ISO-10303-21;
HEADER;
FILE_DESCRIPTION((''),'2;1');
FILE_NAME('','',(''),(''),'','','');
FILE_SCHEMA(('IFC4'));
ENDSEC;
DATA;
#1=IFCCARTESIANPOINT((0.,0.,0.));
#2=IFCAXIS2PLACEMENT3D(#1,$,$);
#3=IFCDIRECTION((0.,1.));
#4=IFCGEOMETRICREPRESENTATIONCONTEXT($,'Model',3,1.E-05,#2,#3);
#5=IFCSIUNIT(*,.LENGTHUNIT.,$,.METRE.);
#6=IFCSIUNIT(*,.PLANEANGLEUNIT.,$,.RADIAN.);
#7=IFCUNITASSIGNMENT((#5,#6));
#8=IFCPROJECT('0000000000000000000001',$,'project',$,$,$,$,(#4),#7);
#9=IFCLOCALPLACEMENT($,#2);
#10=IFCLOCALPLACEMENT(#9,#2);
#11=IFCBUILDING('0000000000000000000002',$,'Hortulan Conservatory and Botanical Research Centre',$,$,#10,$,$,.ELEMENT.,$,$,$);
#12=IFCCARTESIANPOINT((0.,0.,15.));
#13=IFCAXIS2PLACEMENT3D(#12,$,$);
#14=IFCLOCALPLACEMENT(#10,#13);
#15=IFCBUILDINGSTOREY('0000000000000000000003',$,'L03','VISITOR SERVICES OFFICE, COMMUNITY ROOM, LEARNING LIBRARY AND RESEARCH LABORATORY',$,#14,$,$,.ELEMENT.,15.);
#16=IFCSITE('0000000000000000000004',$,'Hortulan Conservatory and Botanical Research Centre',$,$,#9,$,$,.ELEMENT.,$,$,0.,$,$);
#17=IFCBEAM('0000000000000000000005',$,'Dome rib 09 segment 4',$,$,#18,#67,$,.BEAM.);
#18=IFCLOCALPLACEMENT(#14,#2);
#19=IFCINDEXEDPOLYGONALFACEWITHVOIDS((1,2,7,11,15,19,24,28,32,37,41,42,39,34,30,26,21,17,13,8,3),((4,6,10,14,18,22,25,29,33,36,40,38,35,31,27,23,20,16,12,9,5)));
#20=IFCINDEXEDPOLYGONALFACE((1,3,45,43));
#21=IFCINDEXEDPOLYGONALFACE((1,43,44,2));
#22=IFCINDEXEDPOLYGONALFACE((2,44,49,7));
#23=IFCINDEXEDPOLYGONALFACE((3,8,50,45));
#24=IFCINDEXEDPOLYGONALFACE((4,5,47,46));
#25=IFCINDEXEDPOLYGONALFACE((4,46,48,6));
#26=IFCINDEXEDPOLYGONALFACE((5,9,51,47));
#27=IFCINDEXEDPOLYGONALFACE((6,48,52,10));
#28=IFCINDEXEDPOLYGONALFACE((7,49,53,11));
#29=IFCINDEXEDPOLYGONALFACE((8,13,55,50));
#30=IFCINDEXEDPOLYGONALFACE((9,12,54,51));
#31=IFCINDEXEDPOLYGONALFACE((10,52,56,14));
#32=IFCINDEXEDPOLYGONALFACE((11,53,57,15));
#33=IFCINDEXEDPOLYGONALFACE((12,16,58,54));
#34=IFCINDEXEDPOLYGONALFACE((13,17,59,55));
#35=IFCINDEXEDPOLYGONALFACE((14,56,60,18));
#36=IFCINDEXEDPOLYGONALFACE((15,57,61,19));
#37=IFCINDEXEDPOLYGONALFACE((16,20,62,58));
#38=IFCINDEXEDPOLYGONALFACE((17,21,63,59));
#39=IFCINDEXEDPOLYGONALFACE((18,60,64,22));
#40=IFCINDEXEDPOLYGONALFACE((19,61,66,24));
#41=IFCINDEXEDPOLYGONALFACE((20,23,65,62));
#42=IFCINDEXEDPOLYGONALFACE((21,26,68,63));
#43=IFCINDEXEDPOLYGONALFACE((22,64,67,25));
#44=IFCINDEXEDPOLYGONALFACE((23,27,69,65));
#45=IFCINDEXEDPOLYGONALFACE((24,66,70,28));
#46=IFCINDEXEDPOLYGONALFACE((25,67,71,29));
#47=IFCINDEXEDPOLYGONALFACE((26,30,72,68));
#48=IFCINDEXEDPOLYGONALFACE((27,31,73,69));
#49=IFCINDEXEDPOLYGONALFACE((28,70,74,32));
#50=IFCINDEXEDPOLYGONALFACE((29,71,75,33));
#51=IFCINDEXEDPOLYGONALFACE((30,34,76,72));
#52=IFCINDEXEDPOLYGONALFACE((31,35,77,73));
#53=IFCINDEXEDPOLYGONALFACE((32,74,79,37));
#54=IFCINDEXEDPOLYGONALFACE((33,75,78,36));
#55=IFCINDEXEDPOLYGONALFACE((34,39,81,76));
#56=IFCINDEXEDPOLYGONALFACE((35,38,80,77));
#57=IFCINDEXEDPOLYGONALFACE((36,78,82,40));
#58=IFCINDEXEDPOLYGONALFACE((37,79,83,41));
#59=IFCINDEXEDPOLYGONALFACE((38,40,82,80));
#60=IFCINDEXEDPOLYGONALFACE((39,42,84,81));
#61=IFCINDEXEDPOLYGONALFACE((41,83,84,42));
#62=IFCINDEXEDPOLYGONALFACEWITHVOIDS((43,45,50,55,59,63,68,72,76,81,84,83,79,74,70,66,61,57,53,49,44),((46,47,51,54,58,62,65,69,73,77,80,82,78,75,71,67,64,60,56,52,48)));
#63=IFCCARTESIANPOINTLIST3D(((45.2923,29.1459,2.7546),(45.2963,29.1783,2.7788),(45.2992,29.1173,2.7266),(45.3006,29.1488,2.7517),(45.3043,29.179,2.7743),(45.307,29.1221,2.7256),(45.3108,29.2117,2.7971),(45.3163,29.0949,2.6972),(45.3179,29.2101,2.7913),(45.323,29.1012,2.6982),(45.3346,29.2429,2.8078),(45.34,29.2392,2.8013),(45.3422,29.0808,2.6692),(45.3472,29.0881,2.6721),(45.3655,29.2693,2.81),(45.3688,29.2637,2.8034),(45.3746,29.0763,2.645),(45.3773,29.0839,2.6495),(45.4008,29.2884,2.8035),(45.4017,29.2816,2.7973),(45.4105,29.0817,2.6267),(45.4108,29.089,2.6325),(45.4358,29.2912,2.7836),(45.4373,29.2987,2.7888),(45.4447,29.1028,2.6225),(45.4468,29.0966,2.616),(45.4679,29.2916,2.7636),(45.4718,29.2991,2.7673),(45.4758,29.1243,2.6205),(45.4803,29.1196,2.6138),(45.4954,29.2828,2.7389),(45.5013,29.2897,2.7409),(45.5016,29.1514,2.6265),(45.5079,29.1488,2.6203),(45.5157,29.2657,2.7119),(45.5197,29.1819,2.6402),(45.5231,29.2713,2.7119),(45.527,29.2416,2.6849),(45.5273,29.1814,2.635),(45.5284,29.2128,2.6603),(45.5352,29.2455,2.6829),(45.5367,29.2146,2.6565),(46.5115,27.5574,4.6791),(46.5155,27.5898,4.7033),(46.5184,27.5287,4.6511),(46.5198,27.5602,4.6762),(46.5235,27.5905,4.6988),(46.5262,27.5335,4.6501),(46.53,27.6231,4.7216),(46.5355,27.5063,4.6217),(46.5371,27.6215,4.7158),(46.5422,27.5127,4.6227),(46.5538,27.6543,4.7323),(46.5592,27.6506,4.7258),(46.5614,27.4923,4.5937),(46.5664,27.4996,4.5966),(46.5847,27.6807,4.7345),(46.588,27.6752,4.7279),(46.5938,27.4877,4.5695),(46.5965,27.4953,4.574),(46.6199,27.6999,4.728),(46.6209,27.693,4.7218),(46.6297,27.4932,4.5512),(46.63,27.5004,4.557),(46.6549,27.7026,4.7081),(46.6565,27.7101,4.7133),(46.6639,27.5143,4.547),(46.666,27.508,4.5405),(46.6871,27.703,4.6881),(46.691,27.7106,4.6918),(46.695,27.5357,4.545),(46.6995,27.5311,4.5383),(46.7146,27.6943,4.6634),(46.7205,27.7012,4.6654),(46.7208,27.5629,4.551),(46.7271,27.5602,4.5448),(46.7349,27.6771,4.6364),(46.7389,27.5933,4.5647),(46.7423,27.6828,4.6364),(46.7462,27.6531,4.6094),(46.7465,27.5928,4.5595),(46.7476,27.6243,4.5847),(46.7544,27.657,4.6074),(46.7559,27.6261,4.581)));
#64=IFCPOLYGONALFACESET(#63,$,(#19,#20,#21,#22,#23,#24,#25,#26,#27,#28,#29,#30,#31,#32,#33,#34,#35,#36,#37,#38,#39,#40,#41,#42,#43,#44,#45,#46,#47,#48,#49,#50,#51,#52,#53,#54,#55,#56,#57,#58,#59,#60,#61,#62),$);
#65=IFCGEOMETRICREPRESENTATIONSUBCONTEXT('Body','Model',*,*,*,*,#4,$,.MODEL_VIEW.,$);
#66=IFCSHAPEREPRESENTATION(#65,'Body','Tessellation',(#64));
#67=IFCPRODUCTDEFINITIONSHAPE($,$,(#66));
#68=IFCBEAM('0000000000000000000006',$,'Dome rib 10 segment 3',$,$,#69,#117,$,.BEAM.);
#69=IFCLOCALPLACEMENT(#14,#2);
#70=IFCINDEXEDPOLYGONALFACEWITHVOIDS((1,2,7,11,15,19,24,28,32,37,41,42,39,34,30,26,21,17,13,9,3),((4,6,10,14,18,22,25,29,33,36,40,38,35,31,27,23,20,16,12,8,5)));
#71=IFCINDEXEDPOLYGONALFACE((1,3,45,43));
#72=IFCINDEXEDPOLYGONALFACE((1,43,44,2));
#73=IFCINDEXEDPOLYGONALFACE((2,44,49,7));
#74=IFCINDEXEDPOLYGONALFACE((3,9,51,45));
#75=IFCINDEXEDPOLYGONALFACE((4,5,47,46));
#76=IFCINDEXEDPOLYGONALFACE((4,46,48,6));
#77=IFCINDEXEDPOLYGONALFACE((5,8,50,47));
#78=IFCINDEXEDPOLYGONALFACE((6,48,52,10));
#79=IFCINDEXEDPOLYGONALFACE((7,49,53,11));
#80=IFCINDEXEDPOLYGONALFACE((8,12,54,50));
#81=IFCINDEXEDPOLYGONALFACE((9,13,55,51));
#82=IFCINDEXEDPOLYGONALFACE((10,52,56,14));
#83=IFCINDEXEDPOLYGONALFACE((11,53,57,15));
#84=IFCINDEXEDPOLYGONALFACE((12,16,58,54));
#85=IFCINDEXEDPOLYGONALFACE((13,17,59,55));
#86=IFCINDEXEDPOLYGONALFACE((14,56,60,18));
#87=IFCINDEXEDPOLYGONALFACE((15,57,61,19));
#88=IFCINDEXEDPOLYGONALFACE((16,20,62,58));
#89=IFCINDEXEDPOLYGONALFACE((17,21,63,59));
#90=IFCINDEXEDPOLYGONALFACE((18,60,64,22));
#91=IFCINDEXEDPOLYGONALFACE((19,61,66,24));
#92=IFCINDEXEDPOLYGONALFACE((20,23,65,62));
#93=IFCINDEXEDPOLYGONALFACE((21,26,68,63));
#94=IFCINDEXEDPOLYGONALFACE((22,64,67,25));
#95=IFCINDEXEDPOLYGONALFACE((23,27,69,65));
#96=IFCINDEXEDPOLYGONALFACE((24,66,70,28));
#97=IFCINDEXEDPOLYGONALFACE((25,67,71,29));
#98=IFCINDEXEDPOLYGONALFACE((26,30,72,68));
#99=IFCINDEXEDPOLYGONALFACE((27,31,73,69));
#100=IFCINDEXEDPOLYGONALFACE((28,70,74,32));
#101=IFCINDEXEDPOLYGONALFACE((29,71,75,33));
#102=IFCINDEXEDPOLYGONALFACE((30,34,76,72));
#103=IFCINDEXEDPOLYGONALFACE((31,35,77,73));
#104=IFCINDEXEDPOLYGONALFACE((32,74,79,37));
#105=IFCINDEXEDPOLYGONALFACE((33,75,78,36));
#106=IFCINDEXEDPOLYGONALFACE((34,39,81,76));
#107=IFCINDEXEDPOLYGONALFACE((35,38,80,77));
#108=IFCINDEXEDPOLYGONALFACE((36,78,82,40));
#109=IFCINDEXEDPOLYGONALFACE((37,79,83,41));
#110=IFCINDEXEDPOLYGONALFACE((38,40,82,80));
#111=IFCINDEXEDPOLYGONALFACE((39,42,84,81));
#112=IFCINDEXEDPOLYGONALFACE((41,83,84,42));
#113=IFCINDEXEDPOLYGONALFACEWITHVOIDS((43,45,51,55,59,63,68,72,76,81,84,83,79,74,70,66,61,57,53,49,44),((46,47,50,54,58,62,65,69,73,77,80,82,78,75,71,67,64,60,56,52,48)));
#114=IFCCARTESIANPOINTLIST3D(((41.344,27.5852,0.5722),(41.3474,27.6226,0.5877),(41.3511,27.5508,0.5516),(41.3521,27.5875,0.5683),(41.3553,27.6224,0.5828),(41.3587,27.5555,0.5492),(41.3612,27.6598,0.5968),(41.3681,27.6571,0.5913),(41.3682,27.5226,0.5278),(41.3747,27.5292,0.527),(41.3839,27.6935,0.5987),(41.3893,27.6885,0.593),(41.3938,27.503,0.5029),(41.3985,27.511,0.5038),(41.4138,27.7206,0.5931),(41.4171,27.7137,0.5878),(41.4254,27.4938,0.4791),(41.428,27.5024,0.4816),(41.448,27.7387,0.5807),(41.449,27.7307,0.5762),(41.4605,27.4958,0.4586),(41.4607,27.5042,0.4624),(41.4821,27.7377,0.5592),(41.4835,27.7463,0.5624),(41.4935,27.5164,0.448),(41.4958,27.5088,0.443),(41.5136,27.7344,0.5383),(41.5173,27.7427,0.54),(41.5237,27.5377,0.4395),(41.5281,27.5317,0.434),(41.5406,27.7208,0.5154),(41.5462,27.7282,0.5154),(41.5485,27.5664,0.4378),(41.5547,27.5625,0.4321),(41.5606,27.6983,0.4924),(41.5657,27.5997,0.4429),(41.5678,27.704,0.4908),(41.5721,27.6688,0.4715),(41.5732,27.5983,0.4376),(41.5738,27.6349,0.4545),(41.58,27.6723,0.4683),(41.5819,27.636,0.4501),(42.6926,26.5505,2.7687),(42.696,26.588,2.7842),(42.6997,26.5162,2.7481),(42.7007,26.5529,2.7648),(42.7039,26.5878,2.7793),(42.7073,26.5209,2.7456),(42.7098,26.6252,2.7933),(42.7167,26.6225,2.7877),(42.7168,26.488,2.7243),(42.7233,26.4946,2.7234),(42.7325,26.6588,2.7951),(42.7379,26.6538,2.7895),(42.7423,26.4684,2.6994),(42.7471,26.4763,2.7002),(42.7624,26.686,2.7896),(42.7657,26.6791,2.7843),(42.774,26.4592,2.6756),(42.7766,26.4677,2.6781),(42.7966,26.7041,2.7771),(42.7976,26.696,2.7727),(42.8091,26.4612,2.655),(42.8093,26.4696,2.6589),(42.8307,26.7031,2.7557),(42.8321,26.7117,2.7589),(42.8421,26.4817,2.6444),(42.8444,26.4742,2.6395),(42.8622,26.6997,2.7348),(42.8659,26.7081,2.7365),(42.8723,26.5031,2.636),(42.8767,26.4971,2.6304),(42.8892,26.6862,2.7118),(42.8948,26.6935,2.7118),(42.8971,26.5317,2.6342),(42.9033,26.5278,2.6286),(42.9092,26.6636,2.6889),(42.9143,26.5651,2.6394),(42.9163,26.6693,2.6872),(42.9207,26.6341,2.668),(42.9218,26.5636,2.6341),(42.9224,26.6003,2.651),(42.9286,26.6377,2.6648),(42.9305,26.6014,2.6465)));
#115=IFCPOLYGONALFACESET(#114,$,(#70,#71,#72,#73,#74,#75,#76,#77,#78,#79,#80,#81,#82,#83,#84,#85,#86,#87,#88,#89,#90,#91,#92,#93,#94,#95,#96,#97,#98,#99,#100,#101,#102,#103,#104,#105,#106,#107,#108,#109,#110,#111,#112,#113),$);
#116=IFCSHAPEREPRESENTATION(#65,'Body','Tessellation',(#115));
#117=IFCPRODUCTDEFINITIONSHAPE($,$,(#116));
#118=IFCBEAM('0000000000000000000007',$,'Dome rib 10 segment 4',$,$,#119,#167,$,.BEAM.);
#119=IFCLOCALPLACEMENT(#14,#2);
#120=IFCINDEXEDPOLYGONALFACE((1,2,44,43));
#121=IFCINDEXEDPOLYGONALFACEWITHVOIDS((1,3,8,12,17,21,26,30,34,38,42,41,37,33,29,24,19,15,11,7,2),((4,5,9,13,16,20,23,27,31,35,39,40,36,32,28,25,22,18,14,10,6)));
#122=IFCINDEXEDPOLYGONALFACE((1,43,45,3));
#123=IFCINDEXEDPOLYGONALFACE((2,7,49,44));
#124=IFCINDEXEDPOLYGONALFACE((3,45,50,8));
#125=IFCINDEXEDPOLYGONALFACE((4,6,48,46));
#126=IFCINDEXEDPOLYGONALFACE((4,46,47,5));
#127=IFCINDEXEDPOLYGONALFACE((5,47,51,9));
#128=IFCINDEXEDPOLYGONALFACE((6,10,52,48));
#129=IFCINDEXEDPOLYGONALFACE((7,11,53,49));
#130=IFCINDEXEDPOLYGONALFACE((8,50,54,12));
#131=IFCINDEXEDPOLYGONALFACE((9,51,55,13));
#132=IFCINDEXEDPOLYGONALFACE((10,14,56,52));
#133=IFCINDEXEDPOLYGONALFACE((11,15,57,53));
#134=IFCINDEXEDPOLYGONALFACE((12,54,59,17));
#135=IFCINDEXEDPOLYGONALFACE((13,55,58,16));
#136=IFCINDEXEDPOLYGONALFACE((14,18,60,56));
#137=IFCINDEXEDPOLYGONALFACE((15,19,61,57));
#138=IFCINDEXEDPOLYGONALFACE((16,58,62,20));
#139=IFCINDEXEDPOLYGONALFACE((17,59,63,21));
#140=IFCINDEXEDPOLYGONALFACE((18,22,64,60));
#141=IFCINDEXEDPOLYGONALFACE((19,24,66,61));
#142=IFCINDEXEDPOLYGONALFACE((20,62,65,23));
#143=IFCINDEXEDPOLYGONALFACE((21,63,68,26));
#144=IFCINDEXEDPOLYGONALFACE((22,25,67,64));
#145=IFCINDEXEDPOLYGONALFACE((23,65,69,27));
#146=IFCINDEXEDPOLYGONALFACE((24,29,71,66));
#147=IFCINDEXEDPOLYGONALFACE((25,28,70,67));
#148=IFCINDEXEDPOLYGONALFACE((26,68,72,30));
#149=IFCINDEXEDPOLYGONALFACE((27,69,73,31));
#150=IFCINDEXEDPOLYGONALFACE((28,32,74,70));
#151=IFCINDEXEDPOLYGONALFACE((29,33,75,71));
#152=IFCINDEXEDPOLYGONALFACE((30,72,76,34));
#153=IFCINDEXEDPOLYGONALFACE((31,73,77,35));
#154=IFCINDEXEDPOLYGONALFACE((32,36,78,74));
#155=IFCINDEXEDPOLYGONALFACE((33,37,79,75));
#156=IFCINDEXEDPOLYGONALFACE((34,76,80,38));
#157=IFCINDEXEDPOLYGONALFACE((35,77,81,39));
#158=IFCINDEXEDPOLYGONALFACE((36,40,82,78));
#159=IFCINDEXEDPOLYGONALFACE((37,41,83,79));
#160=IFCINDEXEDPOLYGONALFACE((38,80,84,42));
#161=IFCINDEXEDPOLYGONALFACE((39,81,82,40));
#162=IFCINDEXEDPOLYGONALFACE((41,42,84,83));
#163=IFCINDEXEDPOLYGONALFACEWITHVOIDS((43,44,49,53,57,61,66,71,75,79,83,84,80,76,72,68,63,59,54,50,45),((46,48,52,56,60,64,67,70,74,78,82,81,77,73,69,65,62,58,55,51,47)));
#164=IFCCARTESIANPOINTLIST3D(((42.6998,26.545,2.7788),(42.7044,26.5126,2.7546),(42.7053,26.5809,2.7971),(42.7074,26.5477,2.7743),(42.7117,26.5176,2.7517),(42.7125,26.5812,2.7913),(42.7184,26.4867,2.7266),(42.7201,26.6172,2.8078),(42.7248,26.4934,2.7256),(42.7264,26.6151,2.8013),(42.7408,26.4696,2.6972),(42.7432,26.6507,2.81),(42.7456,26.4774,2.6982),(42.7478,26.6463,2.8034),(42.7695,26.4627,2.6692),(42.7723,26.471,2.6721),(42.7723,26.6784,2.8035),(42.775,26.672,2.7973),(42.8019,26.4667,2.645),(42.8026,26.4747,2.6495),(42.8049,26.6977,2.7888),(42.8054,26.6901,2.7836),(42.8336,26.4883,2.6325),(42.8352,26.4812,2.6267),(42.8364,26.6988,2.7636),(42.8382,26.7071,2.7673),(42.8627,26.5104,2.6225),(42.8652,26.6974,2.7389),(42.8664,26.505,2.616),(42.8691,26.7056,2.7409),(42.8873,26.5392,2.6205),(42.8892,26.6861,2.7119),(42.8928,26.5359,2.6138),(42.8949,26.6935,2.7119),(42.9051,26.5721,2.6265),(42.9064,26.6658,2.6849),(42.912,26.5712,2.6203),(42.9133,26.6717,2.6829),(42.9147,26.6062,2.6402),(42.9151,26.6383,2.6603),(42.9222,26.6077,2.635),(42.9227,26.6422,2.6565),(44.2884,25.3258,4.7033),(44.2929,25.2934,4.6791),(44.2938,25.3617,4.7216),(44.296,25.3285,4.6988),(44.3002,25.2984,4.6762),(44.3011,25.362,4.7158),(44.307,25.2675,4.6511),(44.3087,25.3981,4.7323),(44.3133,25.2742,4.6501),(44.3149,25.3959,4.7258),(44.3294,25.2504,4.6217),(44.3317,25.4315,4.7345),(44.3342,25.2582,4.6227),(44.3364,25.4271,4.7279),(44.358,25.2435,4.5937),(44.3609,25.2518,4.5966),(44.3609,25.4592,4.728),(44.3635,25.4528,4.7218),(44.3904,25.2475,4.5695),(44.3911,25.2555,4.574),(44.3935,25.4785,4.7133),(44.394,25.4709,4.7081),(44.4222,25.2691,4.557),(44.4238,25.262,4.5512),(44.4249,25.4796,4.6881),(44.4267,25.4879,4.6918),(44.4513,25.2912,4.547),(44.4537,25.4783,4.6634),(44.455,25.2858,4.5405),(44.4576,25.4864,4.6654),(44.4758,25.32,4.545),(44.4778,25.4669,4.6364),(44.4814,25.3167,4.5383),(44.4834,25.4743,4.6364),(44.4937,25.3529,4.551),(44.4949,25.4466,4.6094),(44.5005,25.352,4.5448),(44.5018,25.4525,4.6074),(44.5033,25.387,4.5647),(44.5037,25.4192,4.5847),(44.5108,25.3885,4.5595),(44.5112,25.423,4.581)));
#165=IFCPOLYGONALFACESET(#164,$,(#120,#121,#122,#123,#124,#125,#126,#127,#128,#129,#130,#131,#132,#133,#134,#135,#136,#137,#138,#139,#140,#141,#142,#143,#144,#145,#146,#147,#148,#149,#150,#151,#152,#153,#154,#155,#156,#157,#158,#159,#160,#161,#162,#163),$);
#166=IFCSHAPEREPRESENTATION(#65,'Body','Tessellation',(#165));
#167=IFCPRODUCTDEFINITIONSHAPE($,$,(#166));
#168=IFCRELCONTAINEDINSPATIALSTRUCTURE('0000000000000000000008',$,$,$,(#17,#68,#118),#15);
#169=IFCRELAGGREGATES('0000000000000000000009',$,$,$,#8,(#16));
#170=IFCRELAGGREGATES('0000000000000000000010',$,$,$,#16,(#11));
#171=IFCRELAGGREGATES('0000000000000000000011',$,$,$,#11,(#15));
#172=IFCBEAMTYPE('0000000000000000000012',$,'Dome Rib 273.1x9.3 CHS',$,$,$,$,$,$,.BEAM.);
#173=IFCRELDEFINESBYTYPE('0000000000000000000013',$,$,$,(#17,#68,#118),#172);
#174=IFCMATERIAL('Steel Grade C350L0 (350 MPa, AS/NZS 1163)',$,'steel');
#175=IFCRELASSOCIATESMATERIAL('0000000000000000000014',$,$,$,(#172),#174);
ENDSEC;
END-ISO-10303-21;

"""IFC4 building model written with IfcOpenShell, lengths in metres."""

from ifc_helpers import new_model, si_unit, direction, frame, origin, origin_2d, place, context, subcontext, project, spatial, hollow_circle, extrude, material, material_profile, profile_set, type_object, element, save


model = new_model("IFC4")

# Units and contexts
model_context = context("Model", 3, precision=1e-05, world=origin(), true_north=direction((0.0, 1.0)))
body_context = subcontext(model_context, "Body", "Model", "MODEL_VIEW")
ifc_project = project(units=[si_unit("LENGTHUNIT", "METRE"), si_unit("PLANEANGLEUNIT", "RADIAN")], contexts=[model_context])

# Site, building, storey
site_placement = place(None, origin())
site = spatial("IfcSite", under=ifc_project, at=site_placement, Name="Hortulan Conservatory and Botanical Research Centre", CompositionType="ELEMENT", RefElevation=0.0)
building_placement = place(site_placement, origin())
building = spatial("IfcBuilding", under=site, at=building_placement, Name="Hortulan Conservatory and Botanical Research Centre", CompositionType="ELEMENT")
storey_placement = place(building_placement, frame((0.0, 0.0, 15.0)))
storey = spatial("IfcBuildingStorey", under=building, at=storey_placement, Name="L03", Description="VISITOR SERVICES OFFICE, COMMUNITY ROOM, LEARNING LIBRARY AND RESEARCH LABORATORY", CompositionType="ELEMENT", Elevation=15.0)

# Beams
ifc_material_1 = material(Name="Steel Grade C350L0 (350 MPa, AS/NZS 1163)", Category="steel")
ifc_material_profile_1 = material_profile(ifc_material_1, hollow_circle(Radius=0.1365, WallThickness=0.0093, at=origin_2d()), Name="273.1x9.3CHS")
ifc_profile_set_1 = profile_set([ifc_material_profile_1], Name="Steel Grade C350L0 (350 MPa, AS/NZS 1163)")
beam_type = type_object("IfcBeamType", Name="Dome Rib 273.1x9.3 CHS", PredefinedType="BEAM", material=ifc_profile_set_1)
for number, where, z_axis, x_axis, name in (
    (1, (45.4148, 29.1882, 2.7119), (0.438978, -0.571973, 0.692925), (0.793294, 0.608838, 0.0), "Dome rib 09 segment 4"),
    (2, (41.4631, 27.6199, 0.5154), (0.485569, -0.372527, 0.790852), (0.608697, 0.793403, 0.0), "Dome rib 10 segment 3"),
    (3, (42.8118, 26.5852, 2.7119), (0.571973, -0.438978, 0.692925), (0.608838, 0.793294, 0.0), "Dome rib 10 segment 4"),
):
    element("IfcBeam", number, at=place(storey_placement, frame(where, z_axis=z_axis, x_axis=x_axis)), inside=storey, type_object=beam_type, Name=name, PredefinedType="BEAM", context=body_context, shape_type="SweptSolid", body=[
        extrude(hollow_circle(Radius=0.1365, WallThickness=0.0093, at=origin_2d()), origin(), (0.0, 0.0, 1.0), 2.7773),
    ])

save(model, "model.ifc")
